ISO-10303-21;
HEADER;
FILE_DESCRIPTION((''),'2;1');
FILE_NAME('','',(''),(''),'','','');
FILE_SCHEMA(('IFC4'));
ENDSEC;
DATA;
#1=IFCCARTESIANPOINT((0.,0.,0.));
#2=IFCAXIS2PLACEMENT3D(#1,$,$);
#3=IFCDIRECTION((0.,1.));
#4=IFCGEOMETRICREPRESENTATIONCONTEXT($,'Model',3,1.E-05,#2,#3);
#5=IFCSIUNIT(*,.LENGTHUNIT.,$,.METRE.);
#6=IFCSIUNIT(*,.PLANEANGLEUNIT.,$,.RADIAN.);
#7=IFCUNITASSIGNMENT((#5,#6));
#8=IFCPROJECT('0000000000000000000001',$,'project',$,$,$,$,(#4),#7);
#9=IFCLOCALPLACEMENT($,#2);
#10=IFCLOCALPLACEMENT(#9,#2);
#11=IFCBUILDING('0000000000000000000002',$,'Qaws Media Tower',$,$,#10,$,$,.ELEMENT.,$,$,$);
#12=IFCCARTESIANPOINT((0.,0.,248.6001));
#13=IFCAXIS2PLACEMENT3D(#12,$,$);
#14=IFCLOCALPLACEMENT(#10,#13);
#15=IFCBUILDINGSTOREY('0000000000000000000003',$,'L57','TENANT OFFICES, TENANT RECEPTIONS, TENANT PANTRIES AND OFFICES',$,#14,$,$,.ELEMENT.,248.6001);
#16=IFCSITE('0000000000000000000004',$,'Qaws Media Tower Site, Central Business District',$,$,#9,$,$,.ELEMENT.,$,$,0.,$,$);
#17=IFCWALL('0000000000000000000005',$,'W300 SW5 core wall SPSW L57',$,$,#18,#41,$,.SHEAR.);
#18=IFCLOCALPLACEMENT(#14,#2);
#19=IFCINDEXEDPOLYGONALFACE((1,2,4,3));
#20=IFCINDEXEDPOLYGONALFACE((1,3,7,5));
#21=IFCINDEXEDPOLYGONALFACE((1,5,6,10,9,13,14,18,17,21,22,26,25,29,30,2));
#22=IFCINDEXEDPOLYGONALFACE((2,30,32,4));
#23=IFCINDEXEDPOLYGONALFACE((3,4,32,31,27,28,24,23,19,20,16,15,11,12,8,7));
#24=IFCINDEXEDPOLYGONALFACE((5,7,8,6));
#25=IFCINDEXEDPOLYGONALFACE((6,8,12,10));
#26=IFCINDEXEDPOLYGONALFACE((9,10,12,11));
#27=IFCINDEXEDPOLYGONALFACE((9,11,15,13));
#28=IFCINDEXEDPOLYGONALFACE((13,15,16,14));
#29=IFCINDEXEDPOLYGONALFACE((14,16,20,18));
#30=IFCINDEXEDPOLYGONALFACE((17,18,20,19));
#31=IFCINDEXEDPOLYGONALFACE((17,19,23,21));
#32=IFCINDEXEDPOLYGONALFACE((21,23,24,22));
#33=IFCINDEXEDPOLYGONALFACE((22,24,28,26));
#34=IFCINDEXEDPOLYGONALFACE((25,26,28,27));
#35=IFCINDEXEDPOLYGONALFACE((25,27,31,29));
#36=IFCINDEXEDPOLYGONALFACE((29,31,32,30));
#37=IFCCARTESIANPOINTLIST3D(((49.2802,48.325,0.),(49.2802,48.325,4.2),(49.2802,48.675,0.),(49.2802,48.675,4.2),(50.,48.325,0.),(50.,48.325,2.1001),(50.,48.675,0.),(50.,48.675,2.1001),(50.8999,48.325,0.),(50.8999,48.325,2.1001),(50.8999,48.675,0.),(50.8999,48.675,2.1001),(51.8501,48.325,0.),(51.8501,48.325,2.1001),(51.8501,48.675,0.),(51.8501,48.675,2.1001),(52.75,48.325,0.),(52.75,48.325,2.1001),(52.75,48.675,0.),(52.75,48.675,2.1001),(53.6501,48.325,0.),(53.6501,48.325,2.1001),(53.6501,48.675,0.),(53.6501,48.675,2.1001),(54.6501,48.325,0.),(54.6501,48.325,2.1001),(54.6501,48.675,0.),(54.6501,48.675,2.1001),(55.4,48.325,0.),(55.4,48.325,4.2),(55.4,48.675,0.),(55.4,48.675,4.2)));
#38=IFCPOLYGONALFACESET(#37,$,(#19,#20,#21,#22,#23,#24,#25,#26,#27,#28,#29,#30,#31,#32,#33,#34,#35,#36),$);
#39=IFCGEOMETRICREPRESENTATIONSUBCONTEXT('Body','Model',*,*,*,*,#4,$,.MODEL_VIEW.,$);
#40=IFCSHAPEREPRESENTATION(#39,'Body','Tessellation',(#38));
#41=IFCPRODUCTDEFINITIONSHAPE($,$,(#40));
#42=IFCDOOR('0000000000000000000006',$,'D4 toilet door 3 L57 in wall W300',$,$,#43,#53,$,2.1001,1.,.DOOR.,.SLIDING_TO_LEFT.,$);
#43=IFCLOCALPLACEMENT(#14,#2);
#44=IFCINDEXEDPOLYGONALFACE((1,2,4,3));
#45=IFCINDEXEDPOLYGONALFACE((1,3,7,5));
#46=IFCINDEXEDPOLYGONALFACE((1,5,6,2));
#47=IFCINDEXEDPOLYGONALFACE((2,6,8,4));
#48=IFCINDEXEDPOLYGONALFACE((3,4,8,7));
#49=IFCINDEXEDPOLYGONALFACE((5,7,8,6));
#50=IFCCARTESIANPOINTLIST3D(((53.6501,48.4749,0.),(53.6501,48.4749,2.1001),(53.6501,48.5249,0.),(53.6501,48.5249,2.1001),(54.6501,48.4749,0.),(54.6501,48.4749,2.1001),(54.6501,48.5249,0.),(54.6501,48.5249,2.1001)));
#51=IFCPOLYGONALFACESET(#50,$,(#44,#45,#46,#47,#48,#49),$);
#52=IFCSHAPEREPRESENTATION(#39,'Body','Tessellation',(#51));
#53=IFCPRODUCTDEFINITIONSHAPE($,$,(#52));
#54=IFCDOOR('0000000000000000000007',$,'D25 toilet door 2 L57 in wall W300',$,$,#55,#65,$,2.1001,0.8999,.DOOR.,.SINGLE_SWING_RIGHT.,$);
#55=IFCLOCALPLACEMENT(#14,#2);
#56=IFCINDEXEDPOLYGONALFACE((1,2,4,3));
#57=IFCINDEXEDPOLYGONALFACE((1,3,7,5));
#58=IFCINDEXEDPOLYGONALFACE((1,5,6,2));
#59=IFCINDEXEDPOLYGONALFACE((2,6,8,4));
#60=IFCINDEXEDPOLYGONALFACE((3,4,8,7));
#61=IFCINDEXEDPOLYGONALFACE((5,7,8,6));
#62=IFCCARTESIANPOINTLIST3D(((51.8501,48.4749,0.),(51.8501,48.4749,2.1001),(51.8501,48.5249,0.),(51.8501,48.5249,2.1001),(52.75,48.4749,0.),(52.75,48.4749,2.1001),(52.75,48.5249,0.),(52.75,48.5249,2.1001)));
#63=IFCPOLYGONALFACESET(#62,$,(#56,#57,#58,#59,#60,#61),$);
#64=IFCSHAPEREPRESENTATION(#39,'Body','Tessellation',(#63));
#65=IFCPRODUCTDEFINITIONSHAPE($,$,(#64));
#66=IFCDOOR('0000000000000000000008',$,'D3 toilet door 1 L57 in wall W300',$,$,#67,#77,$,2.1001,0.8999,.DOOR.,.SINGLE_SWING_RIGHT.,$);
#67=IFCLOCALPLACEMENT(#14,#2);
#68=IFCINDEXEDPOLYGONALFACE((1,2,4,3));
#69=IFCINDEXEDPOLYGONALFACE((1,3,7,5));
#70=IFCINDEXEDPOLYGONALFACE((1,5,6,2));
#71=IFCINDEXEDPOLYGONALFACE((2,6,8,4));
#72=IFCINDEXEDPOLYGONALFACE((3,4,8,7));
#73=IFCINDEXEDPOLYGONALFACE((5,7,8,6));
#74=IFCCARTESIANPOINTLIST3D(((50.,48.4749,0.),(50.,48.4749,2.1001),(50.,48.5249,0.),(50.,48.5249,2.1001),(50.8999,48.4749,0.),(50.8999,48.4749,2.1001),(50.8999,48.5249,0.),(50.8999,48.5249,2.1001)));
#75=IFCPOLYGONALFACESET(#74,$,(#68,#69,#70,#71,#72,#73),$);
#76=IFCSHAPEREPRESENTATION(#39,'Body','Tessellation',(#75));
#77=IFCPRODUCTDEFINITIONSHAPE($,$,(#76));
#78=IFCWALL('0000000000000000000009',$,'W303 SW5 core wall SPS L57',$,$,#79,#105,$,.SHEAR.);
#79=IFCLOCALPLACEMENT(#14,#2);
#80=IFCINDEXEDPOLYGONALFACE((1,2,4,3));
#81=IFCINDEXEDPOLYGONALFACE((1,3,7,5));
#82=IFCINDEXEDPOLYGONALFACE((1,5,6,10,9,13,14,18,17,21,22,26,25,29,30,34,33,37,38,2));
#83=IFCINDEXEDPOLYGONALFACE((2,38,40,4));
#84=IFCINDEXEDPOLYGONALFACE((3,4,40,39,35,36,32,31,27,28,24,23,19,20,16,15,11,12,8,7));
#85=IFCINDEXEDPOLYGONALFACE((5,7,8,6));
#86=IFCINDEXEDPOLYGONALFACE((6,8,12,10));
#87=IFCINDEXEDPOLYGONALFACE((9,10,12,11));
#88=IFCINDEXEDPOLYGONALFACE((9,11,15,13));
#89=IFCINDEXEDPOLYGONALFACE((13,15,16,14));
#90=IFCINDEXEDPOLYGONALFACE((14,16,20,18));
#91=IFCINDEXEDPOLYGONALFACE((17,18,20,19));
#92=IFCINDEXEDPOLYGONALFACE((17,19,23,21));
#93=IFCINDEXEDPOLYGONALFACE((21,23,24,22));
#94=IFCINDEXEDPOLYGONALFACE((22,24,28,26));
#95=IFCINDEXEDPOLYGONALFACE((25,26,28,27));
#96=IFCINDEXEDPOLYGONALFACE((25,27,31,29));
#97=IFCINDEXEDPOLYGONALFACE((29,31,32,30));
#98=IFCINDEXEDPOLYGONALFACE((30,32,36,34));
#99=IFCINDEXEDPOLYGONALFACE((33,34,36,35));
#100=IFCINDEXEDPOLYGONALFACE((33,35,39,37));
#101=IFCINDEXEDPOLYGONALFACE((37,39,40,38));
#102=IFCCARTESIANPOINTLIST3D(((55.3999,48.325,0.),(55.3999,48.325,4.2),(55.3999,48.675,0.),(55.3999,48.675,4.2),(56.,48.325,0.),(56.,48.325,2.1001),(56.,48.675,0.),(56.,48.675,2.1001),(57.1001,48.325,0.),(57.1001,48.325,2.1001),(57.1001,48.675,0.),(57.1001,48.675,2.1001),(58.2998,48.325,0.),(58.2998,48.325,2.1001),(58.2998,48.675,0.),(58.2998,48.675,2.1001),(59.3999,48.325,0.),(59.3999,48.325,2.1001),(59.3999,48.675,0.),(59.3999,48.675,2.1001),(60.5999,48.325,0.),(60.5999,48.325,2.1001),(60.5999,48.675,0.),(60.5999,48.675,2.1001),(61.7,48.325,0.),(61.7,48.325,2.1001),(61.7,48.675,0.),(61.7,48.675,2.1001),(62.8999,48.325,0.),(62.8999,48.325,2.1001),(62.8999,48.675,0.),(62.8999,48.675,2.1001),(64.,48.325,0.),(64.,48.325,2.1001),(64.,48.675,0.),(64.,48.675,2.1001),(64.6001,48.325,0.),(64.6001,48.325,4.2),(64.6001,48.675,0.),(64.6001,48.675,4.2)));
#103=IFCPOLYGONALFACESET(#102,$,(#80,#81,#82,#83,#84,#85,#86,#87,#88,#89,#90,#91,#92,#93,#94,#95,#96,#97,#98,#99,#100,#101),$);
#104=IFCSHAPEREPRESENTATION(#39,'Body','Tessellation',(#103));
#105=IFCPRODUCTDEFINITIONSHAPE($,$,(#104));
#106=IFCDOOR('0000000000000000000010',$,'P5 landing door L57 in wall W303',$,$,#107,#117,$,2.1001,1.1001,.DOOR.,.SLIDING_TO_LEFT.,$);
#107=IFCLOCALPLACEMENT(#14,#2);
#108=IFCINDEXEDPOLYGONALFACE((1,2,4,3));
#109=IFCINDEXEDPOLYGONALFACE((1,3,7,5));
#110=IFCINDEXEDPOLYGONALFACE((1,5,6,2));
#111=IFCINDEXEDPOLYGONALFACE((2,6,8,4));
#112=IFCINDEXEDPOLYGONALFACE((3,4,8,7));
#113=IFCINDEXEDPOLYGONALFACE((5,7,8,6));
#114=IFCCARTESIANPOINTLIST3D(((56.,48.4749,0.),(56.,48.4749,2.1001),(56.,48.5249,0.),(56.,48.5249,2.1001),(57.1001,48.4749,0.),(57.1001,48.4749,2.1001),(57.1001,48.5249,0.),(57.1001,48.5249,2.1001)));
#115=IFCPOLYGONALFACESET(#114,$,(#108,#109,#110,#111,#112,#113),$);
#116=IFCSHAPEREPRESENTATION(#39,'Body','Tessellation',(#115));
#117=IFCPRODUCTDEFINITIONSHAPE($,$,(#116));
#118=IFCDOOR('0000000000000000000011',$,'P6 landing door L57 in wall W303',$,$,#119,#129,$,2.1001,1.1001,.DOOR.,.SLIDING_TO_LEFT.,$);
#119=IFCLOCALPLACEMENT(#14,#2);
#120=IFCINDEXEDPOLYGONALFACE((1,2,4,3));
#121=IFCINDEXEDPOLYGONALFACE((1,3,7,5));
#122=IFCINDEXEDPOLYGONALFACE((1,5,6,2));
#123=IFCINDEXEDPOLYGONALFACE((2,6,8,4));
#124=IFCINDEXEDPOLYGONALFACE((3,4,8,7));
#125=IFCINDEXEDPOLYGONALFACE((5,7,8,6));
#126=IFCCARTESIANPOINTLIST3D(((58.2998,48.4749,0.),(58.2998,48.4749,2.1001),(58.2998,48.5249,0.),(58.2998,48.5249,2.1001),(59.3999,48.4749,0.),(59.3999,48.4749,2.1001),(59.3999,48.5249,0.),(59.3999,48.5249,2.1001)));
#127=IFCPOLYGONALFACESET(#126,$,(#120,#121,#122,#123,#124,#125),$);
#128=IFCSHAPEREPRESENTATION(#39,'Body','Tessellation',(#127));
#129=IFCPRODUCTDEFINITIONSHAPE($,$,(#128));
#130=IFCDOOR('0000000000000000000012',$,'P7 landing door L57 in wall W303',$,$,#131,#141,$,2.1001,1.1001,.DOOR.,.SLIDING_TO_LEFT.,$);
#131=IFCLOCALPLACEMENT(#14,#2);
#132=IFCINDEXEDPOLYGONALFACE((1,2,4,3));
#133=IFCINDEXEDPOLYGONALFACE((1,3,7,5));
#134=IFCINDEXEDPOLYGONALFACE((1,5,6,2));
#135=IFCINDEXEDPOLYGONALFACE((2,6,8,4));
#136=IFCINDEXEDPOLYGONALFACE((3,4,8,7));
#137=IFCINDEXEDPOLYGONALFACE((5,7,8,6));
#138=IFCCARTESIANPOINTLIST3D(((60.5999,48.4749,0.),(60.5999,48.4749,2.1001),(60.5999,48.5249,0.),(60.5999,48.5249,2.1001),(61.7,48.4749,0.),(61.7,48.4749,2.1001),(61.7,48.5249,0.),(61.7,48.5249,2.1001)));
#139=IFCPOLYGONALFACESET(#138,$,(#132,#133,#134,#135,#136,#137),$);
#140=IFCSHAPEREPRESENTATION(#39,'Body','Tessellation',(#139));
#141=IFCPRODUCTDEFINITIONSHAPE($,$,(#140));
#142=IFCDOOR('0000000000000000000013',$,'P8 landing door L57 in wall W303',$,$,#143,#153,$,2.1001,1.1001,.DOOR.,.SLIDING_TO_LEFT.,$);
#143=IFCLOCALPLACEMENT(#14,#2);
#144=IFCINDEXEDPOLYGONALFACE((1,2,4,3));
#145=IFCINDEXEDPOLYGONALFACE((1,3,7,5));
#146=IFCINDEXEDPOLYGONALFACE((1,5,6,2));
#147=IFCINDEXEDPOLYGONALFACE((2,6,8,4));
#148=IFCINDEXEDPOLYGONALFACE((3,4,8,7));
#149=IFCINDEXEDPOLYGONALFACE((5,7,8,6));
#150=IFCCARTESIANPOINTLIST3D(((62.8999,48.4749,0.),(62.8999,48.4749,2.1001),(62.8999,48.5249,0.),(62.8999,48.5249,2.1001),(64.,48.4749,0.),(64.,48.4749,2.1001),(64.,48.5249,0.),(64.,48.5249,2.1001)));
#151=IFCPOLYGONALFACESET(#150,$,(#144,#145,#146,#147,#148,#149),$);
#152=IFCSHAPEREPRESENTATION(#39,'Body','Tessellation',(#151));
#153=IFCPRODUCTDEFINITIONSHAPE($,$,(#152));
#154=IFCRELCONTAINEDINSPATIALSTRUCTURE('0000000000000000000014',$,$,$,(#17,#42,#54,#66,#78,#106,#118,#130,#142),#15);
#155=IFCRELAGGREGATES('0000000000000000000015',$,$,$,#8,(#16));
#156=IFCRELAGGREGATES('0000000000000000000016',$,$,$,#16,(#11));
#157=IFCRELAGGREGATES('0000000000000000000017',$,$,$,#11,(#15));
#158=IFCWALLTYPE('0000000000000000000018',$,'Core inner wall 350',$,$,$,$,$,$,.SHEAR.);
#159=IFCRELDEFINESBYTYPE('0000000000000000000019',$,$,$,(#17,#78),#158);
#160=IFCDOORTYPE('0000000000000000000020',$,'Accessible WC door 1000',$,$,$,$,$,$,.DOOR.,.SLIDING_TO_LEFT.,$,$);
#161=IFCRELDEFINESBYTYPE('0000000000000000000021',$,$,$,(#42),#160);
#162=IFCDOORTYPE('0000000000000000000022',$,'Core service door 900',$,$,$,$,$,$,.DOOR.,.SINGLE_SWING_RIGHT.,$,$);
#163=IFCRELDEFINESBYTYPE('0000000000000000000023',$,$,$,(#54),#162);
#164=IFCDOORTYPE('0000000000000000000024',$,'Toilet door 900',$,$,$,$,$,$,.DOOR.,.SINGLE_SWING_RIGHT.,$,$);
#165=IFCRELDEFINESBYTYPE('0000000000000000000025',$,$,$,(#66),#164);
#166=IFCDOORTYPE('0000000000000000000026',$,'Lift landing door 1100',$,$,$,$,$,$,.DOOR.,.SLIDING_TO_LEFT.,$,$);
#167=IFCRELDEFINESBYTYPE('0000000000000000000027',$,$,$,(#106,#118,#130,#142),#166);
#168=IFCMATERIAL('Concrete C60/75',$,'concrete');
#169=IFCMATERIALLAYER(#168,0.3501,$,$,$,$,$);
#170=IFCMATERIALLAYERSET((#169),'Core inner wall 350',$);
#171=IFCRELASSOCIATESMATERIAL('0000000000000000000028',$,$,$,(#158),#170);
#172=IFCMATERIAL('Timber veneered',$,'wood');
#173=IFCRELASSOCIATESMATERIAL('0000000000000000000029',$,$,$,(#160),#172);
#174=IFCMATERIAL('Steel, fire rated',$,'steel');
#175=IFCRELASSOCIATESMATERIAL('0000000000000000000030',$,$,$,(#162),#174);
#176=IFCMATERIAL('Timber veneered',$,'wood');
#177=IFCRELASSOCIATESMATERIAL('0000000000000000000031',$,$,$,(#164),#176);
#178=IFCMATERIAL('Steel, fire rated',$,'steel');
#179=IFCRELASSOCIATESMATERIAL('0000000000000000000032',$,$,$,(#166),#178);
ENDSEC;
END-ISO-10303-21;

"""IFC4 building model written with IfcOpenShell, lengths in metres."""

from ifc_helpers import new_model, si_unit, direction, frame, frame_2d, origin, place, context, subcontext, project, spatial, rectangle, extrude, material, layer, layer_set, type_object, element, fill, save


model = new_model("IFC4")

# Units and contexts
model_context = context("Model", 3, precision=1e-05, world=origin(), true_north=direction((0.0, 1.0)))
body_context = subcontext(model_context, "Body", "Model", "MODEL_VIEW")
ifc_project = project(units=[si_unit("LENGTHUNIT", "METRE"), si_unit("PLANEANGLEUNIT", "RADIAN")], contexts=[model_context])

# Site, building, storey
site_placement = place(None, origin())
site = spatial("IfcSite", under=ifc_project, at=site_placement, Name="Qaws Media Tower Site, Central Business District", CompositionType="ELEMENT", RefElevation=0.0)
building_placement = place(site_placement, origin())
building = spatial("IfcBuilding", under=site, at=building_placement, Name="Qaws Media Tower", CompositionType="ELEMENT")
storey_placement = place(building_placement, frame((0.0, 0.0, 248.6001)))
storey = spatial("IfcBuildingStorey", under=building, at=storey_placement, Name="L57", Description="TENANT OFFICES, TENANT RECEPTIONS, TENANT PANTRIES AND OFFICES", CompositionType="ELEMENT", Elevation=248.6001)

# Walls, openings, doors
ifc_material_1 = material(Name="Concrete C60/75", Category="concrete")
ifc_layer_1 = layer(ifc_material_1, 0.3501)
ifc_layer_set_1 = layer_set([ifc_layer_1], Name="Core inner wall 350")
wall_type_1 = type_object("IfcWallType", Name="Core inner wall 350", PredefinedType="SHEAR", material=ifc_layer_set_1)
wall_1_placement = place(storey_placement, frame((49.28, 48.5, 0.0), z_axis=(0.0, 0.0, 1.0), x_axis=(1.0, 0.0, 0.0)))
wall_1 = element("IfcWall", 1, at=wall_1_placement, inside=storey, type_object=wall_type_1, Name="W300 SW5 core wall SPSW L57", PredefinedType="SHEAR", context=body_context, shape_type="SweptSolid", body=[
    extrude(rectangle(XDim=6.1199, YDim=0.3501, at=frame_2d((3.0601, 0.0))), origin(), (0.0, 0.0, 1.0), 4.2),
])
opening_1_placement = place(wall_1_placement, frame((0.72, 0.0, 0.0)))
opening_1 = element("IfcOpeningElement", 2, at=opening_1_placement, cuts=wall_1, PredefinedType="OPENING", context=body_context, shape_type="SweptSolid", body=[
    extrude(rectangle(XDim=0.8999, YDim=2.1001, at=frame_2d((0.45, 1.05))), frame((0.0, 0.1851, 0.0), z_axis=(0.0, -1.0, 0.0), x_axis=(1.0, 0.0, 0.0)), (0.0, 0.0, 1.0), 0.3701),
])
opening_2_placement = place(wall_1_placement, frame((2.5701, 0.0, 0.0)))
opening_2 = element("IfcOpeningElement", 3, at=opening_2_placement, cuts=wall_1, PredefinedType="OPENING", context=body_context, shape_type="SweptSolid", body=[
    extrude(rectangle(XDim=0.8999, YDim=2.1001, at=frame_2d((0.45, 1.05))), frame((0.0, 0.1851, 0.0), z_axis=(0.0, -1.0, 0.0), x_axis=(1.0, 0.0, 0.0)), (0.0, 0.0, 1.0), 0.3701),
])
opening_3_placement = place(wall_1_placement, frame((4.3701, 0.0, 0.0)))
opening_3 = element("IfcOpeningElement", 4, at=opening_3_placement, cuts=wall_1, PredefinedType="OPENING", context=body_context, shape_type="SweptSolid", body=[
    extrude(rectangle(XDim=1.0, YDim=2.1001, at=frame_2d((0.5, 1.05))), frame((0.0, 0.1851, 0.0), z_axis=(0.0, -1.0, 0.0), x_axis=(1.0, 0.0, 0.0)), (0.0, 0.0, 1.0), 0.3701),
])
ifc_material_2 = material(Name="Timber veneered", Category="wood")
door_type_1 = type_object("IfcDoorType", Name="Accessible WC door 1000", OperationType="SLIDING_TO_LEFT", PredefinedType="DOOR", material=ifc_material_2)
door_1_placement = place(opening_3_placement, origin())
door_1 = element("IfcDoor", 5, at=door_1_placement, inside=storey, type_object=door_type_1, Name="D4 toilet door 3 L57 in wall W300", OperationType="SLIDING_TO_LEFT", OverallHeight=2.1001, OverallWidth=1.0, PredefinedType="DOOR", context=body_context, shape_type="SweptSolid", body=[
    extrude(rectangle(XDim=1.0, YDim=2.1001, at=frame_2d((0.5, 1.05))), frame((0.0, 0.0249, 0.0), z_axis=(0.0, -1.0, 0.0), x_axis=(1.0, 0.0, 0.0)), (0.0, 0.0, 1.0), 0.05),
])
fill(opening_3, door_1)
ifc_material_3 = material(Name="Steel, fire rated", Category="steel")
door_type_2 = type_object("IfcDoorType", Name="Core service door 900", OperationType="SINGLE_SWING_RIGHT", PredefinedType="DOOR", material=ifc_material_3)
door_2_placement = place(opening_2_placement, origin())
door_2 = element("IfcDoor", 6, at=door_2_placement, inside=storey, type_object=door_type_2, Name="D25 toilet door 2 L57 in wall W300", OperationType="SINGLE_SWING_RIGHT", OverallHeight=2.1001, OverallWidth=0.8999, PredefinedType="DOOR", context=body_context, shape_type="SweptSolid", body=[
    extrude(rectangle(XDim=0.8999, YDim=2.1001, at=frame_2d((0.45, 1.05))), frame((0.0, 0.0249, 0.0), z_axis=(0.0, -1.0, 0.0), x_axis=(1.0, 0.0, 0.0)), (0.0, 0.0, 1.0), 0.05),
])
fill(opening_2, door_2)
ifc_material_4 = material(Name="Timber veneered", Category="wood")
door_type_3 = type_object("IfcDoorType", Name="Toilet door 900", OperationType="SINGLE_SWING_RIGHT", PredefinedType="DOOR", material=ifc_material_4)
door_3_placement = place(opening_1_placement, origin())
door_3 = element("IfcDoor", 7, at=door_3_placement, inside=storey, type_object=door_type_3, Name="D3 toilet door 1 L57 in wall W300", OperationType="SINGLE_SWING_RIGHT", OverallHeight=2.1001, OverallWidth=0.8999, PredefinedType="DOOR", context=body_context, shape_type="SweptSolid", body=[
    extrude(rectangle(XDim=0.8999, YDim=2.1001, at=frame_2d((0.45, 1.05))), frame((0.0, 0.0249, 0.0), z_axis=(0.0, -1.0, 0.0), x_axis=(1.0, 0.0, 0.0)), (0.0, 0.0, 1.0), 0.05),
])
fill(opening_1, door_3)
wall_2_placement = place(storey_placement, frame((55.3999, 48.5, 0.0), z_axis=(0.0, 0.0, 1.0), x_axis=(1.0, 0.0, 0.0)))
wall_2 = element("IfcWall", 8, at=wall_2_placement, inside=storey, type_object=wall_type_1, Name="W303 SW5 core wall SPS L57", PredefinedType="SHEAR", context=body_context, shape_type="SweptSolid", body=[
    extrude(rectangle(XDim=9.2002, YDim=0.3501, at=frame_2d((4.6001, 0.0))), origin(), (0.0, 0.0, 1.0), 4.2),
])
opening_4_placement = place(wall_2_placement, frame((0.6001, 0.0, 0.0)))
opening_4 = element("IfcOpeningElement", 9, at=opening_4_placement, cuts=wall_2, PredefinedType="OPENING", context=body_context, shape_type="SweptSolid", body=[
    extrude(rectangle(XDim=1.1001, YDim=2.1001, at=frame_2d((0.55, 1.05))), frame((0.0, 0.1851, 0.0), z_axis=(0.0, -1.0, 0.0), x_axis=(1.0, 0.0, 0.0)), (0.0, 0.0, 1.0), 0.3701),
])
opening_5_placement = place(wall_2_placement, frame((2.8999, 0.0, 0.0)))
opening_5 = element("IfcOpeningElement", 10, at=opening_5_placement, cuts=wall_2, PredefinedType="OPENING", context=body_context, shape_type="SweptSolid", body=[
    extrude(rectangle(XDim=1.1001, YDim=2.1001, at=frame_2d((0.55, 1.05))), frame((0.0, 0.1851, 0.0), z_axis=(0.0, -1.0, 0.0), x_axis=(1.0, 0.0, 0.0)), (0.0, 0.0, 1.0), 0.3701),
])
opening_6_placement = place(wall_2_placement, frame((5.2, 0.0, 0.0)))
opening_6 = element("IfcOpeningElement", 11, at=opening_6_placement, cuts=wall_2, PredefinedType="OPENING", context=body_context, shape_type="SweptSolid", body=[
    extrude(rectangle(XDim=1.1001, YDim=2.1001, at=frame_2d((0.55, 1.05))), frame((0.0, 0.1851, 0.0), z_axis=(0.0, -1.0, 0.0), x_axis=(1.0, 0.0, 0.0)), (0.0, 0.0, 1.0), 0.3701),
])
opening_7_placement = place(wall_2_placement, frame((7.5, 0.0, 0.0)))
opening_7 = element("IfcOpeningElement", 12, at=opening_7_placement, cuts=wall_2, PredefinedType="OPENING", context=body_context, shape_type="SweptSolid", body=[
    extrude(rectangle(XDim=1.1001, YDim=2.1001, at=frame_2d((0.55, 1.05))), frame((0.0, 0.1851, 0.0), z_axis=(0.0, -1.0, 0.0), x_axis=(1.0, 0.0, 0.0)), (0.0, 0.0, 1.0), 0.3701),
])
ifc_material_5 = material(Name="Steel, fire rated", Category="steel")
door_type_4 = type_object("IfcDoorType", Name="Lift landing door 1100", OperationType="SLIDING_TO_LEFT", PredefinedType="DOOR", material=ifc_material_5)
door_4_placement = place(opening_4_placement, origin())
door_4 = element("IfcDoor", 13, at=door_4_placement, inside=storey, type_object=door_type_4, Name="P5 landing door L57 in wall W303", OperationType="SLIDING_TO_LEFT", OverallHeight=2.1001, OverallWidth=1.1001, PredefinedType="DOOR", context=body_context, shape_type="SweptSolid", body=[
    extrude(rectangle(XDim=1.1001, YDim=2.1001, at=frame_2d((0.55, 1.05))), frame((0.0, 0.0249, 0.0), z_axis=(0.0, -1.0, 0.0), x_axis=(1.0, 0.0, 0.0)), (0.0, 0.0, 1.0), 0.05),
])
fill(opening_4, door_4)
door_5_placement = place(opening_5_placement, origin())
door_5 = element("IfcDoor", 14, at=door_5_placement, inside=storey, type_object=door_type_4, Name="P6 landing door L57 in wall W303", OperationType="SLIDING_TO_LEFT", OverallHeight=2.1001, OverallWidth=1.1001, PredefinedType="DOOR", context=body_context, shape_type="SweptSolid", body=[
    extrude(rectangle(XDim=1.1001, YDim=2.1001, at=frame_2d((0.55, 1.05))), frame((0.0, 0.0249, 0.0), z_axis=(0.0, -1.0, 0.0), x_axis=(1.0, 0.0, 0.0)), (0.0, 0.0, 1.0), 0.05),
])
fill(opening_5, door_5)
door_6_placement = place(opening_6_placement, origin())
door_6 = element("IfcDoor", 15, at=door_6_placement, inside=storey, type_object=door_type_4, Name="P7 landing door L57 in wall W303", OperationType="SLIDING_TO_LEFT", OverallHeight=2.1001, OverallWidth=1.1001, PredefinedType="DOOR", context=body_context, shape_type="SweptSolid", body=[
    extrude(rectangle(XDim=1.1001, YDim=2.1001, at=frame_2d((0.55, 1.05))), frame((0.0, 0.0249, 0.0), z_axis=(0.0, -1.0, 0.0), x_axis=(1.0, 0.0, 0.0)), (0.0, 0.0, 1.0), 0.05),
])
fill(opening_6, door_6)
door_7_placement = place(opening_7_placement, origin())
door_7 = element("IfcDoor", 16, at=door_7_placement, inside=storey, type_object=door_type_4, Name="P8 landing door L57 in wall W303", OperationType="SLIDING_TO_LEFT", OverallHeight=2.1001, OverallWidth=1.1001, PredefinedType="DOOR", context=body_context, shape_type="SweptSolid", body=[
    extrude(rectangle(XDim=1.1001, YDim=2.1001, at=frame_2d((0.55, 1.05))), frame((0.0, 0.0249, 0.0), z_axis=(0.0, -1.0, 0.0), x_axis=(1.0, 0.0, 0.0)), (0.0, 0.0, 1.0), 0.05),
])
fill(opening_7, door_7)

save(model, "model.ifc")
